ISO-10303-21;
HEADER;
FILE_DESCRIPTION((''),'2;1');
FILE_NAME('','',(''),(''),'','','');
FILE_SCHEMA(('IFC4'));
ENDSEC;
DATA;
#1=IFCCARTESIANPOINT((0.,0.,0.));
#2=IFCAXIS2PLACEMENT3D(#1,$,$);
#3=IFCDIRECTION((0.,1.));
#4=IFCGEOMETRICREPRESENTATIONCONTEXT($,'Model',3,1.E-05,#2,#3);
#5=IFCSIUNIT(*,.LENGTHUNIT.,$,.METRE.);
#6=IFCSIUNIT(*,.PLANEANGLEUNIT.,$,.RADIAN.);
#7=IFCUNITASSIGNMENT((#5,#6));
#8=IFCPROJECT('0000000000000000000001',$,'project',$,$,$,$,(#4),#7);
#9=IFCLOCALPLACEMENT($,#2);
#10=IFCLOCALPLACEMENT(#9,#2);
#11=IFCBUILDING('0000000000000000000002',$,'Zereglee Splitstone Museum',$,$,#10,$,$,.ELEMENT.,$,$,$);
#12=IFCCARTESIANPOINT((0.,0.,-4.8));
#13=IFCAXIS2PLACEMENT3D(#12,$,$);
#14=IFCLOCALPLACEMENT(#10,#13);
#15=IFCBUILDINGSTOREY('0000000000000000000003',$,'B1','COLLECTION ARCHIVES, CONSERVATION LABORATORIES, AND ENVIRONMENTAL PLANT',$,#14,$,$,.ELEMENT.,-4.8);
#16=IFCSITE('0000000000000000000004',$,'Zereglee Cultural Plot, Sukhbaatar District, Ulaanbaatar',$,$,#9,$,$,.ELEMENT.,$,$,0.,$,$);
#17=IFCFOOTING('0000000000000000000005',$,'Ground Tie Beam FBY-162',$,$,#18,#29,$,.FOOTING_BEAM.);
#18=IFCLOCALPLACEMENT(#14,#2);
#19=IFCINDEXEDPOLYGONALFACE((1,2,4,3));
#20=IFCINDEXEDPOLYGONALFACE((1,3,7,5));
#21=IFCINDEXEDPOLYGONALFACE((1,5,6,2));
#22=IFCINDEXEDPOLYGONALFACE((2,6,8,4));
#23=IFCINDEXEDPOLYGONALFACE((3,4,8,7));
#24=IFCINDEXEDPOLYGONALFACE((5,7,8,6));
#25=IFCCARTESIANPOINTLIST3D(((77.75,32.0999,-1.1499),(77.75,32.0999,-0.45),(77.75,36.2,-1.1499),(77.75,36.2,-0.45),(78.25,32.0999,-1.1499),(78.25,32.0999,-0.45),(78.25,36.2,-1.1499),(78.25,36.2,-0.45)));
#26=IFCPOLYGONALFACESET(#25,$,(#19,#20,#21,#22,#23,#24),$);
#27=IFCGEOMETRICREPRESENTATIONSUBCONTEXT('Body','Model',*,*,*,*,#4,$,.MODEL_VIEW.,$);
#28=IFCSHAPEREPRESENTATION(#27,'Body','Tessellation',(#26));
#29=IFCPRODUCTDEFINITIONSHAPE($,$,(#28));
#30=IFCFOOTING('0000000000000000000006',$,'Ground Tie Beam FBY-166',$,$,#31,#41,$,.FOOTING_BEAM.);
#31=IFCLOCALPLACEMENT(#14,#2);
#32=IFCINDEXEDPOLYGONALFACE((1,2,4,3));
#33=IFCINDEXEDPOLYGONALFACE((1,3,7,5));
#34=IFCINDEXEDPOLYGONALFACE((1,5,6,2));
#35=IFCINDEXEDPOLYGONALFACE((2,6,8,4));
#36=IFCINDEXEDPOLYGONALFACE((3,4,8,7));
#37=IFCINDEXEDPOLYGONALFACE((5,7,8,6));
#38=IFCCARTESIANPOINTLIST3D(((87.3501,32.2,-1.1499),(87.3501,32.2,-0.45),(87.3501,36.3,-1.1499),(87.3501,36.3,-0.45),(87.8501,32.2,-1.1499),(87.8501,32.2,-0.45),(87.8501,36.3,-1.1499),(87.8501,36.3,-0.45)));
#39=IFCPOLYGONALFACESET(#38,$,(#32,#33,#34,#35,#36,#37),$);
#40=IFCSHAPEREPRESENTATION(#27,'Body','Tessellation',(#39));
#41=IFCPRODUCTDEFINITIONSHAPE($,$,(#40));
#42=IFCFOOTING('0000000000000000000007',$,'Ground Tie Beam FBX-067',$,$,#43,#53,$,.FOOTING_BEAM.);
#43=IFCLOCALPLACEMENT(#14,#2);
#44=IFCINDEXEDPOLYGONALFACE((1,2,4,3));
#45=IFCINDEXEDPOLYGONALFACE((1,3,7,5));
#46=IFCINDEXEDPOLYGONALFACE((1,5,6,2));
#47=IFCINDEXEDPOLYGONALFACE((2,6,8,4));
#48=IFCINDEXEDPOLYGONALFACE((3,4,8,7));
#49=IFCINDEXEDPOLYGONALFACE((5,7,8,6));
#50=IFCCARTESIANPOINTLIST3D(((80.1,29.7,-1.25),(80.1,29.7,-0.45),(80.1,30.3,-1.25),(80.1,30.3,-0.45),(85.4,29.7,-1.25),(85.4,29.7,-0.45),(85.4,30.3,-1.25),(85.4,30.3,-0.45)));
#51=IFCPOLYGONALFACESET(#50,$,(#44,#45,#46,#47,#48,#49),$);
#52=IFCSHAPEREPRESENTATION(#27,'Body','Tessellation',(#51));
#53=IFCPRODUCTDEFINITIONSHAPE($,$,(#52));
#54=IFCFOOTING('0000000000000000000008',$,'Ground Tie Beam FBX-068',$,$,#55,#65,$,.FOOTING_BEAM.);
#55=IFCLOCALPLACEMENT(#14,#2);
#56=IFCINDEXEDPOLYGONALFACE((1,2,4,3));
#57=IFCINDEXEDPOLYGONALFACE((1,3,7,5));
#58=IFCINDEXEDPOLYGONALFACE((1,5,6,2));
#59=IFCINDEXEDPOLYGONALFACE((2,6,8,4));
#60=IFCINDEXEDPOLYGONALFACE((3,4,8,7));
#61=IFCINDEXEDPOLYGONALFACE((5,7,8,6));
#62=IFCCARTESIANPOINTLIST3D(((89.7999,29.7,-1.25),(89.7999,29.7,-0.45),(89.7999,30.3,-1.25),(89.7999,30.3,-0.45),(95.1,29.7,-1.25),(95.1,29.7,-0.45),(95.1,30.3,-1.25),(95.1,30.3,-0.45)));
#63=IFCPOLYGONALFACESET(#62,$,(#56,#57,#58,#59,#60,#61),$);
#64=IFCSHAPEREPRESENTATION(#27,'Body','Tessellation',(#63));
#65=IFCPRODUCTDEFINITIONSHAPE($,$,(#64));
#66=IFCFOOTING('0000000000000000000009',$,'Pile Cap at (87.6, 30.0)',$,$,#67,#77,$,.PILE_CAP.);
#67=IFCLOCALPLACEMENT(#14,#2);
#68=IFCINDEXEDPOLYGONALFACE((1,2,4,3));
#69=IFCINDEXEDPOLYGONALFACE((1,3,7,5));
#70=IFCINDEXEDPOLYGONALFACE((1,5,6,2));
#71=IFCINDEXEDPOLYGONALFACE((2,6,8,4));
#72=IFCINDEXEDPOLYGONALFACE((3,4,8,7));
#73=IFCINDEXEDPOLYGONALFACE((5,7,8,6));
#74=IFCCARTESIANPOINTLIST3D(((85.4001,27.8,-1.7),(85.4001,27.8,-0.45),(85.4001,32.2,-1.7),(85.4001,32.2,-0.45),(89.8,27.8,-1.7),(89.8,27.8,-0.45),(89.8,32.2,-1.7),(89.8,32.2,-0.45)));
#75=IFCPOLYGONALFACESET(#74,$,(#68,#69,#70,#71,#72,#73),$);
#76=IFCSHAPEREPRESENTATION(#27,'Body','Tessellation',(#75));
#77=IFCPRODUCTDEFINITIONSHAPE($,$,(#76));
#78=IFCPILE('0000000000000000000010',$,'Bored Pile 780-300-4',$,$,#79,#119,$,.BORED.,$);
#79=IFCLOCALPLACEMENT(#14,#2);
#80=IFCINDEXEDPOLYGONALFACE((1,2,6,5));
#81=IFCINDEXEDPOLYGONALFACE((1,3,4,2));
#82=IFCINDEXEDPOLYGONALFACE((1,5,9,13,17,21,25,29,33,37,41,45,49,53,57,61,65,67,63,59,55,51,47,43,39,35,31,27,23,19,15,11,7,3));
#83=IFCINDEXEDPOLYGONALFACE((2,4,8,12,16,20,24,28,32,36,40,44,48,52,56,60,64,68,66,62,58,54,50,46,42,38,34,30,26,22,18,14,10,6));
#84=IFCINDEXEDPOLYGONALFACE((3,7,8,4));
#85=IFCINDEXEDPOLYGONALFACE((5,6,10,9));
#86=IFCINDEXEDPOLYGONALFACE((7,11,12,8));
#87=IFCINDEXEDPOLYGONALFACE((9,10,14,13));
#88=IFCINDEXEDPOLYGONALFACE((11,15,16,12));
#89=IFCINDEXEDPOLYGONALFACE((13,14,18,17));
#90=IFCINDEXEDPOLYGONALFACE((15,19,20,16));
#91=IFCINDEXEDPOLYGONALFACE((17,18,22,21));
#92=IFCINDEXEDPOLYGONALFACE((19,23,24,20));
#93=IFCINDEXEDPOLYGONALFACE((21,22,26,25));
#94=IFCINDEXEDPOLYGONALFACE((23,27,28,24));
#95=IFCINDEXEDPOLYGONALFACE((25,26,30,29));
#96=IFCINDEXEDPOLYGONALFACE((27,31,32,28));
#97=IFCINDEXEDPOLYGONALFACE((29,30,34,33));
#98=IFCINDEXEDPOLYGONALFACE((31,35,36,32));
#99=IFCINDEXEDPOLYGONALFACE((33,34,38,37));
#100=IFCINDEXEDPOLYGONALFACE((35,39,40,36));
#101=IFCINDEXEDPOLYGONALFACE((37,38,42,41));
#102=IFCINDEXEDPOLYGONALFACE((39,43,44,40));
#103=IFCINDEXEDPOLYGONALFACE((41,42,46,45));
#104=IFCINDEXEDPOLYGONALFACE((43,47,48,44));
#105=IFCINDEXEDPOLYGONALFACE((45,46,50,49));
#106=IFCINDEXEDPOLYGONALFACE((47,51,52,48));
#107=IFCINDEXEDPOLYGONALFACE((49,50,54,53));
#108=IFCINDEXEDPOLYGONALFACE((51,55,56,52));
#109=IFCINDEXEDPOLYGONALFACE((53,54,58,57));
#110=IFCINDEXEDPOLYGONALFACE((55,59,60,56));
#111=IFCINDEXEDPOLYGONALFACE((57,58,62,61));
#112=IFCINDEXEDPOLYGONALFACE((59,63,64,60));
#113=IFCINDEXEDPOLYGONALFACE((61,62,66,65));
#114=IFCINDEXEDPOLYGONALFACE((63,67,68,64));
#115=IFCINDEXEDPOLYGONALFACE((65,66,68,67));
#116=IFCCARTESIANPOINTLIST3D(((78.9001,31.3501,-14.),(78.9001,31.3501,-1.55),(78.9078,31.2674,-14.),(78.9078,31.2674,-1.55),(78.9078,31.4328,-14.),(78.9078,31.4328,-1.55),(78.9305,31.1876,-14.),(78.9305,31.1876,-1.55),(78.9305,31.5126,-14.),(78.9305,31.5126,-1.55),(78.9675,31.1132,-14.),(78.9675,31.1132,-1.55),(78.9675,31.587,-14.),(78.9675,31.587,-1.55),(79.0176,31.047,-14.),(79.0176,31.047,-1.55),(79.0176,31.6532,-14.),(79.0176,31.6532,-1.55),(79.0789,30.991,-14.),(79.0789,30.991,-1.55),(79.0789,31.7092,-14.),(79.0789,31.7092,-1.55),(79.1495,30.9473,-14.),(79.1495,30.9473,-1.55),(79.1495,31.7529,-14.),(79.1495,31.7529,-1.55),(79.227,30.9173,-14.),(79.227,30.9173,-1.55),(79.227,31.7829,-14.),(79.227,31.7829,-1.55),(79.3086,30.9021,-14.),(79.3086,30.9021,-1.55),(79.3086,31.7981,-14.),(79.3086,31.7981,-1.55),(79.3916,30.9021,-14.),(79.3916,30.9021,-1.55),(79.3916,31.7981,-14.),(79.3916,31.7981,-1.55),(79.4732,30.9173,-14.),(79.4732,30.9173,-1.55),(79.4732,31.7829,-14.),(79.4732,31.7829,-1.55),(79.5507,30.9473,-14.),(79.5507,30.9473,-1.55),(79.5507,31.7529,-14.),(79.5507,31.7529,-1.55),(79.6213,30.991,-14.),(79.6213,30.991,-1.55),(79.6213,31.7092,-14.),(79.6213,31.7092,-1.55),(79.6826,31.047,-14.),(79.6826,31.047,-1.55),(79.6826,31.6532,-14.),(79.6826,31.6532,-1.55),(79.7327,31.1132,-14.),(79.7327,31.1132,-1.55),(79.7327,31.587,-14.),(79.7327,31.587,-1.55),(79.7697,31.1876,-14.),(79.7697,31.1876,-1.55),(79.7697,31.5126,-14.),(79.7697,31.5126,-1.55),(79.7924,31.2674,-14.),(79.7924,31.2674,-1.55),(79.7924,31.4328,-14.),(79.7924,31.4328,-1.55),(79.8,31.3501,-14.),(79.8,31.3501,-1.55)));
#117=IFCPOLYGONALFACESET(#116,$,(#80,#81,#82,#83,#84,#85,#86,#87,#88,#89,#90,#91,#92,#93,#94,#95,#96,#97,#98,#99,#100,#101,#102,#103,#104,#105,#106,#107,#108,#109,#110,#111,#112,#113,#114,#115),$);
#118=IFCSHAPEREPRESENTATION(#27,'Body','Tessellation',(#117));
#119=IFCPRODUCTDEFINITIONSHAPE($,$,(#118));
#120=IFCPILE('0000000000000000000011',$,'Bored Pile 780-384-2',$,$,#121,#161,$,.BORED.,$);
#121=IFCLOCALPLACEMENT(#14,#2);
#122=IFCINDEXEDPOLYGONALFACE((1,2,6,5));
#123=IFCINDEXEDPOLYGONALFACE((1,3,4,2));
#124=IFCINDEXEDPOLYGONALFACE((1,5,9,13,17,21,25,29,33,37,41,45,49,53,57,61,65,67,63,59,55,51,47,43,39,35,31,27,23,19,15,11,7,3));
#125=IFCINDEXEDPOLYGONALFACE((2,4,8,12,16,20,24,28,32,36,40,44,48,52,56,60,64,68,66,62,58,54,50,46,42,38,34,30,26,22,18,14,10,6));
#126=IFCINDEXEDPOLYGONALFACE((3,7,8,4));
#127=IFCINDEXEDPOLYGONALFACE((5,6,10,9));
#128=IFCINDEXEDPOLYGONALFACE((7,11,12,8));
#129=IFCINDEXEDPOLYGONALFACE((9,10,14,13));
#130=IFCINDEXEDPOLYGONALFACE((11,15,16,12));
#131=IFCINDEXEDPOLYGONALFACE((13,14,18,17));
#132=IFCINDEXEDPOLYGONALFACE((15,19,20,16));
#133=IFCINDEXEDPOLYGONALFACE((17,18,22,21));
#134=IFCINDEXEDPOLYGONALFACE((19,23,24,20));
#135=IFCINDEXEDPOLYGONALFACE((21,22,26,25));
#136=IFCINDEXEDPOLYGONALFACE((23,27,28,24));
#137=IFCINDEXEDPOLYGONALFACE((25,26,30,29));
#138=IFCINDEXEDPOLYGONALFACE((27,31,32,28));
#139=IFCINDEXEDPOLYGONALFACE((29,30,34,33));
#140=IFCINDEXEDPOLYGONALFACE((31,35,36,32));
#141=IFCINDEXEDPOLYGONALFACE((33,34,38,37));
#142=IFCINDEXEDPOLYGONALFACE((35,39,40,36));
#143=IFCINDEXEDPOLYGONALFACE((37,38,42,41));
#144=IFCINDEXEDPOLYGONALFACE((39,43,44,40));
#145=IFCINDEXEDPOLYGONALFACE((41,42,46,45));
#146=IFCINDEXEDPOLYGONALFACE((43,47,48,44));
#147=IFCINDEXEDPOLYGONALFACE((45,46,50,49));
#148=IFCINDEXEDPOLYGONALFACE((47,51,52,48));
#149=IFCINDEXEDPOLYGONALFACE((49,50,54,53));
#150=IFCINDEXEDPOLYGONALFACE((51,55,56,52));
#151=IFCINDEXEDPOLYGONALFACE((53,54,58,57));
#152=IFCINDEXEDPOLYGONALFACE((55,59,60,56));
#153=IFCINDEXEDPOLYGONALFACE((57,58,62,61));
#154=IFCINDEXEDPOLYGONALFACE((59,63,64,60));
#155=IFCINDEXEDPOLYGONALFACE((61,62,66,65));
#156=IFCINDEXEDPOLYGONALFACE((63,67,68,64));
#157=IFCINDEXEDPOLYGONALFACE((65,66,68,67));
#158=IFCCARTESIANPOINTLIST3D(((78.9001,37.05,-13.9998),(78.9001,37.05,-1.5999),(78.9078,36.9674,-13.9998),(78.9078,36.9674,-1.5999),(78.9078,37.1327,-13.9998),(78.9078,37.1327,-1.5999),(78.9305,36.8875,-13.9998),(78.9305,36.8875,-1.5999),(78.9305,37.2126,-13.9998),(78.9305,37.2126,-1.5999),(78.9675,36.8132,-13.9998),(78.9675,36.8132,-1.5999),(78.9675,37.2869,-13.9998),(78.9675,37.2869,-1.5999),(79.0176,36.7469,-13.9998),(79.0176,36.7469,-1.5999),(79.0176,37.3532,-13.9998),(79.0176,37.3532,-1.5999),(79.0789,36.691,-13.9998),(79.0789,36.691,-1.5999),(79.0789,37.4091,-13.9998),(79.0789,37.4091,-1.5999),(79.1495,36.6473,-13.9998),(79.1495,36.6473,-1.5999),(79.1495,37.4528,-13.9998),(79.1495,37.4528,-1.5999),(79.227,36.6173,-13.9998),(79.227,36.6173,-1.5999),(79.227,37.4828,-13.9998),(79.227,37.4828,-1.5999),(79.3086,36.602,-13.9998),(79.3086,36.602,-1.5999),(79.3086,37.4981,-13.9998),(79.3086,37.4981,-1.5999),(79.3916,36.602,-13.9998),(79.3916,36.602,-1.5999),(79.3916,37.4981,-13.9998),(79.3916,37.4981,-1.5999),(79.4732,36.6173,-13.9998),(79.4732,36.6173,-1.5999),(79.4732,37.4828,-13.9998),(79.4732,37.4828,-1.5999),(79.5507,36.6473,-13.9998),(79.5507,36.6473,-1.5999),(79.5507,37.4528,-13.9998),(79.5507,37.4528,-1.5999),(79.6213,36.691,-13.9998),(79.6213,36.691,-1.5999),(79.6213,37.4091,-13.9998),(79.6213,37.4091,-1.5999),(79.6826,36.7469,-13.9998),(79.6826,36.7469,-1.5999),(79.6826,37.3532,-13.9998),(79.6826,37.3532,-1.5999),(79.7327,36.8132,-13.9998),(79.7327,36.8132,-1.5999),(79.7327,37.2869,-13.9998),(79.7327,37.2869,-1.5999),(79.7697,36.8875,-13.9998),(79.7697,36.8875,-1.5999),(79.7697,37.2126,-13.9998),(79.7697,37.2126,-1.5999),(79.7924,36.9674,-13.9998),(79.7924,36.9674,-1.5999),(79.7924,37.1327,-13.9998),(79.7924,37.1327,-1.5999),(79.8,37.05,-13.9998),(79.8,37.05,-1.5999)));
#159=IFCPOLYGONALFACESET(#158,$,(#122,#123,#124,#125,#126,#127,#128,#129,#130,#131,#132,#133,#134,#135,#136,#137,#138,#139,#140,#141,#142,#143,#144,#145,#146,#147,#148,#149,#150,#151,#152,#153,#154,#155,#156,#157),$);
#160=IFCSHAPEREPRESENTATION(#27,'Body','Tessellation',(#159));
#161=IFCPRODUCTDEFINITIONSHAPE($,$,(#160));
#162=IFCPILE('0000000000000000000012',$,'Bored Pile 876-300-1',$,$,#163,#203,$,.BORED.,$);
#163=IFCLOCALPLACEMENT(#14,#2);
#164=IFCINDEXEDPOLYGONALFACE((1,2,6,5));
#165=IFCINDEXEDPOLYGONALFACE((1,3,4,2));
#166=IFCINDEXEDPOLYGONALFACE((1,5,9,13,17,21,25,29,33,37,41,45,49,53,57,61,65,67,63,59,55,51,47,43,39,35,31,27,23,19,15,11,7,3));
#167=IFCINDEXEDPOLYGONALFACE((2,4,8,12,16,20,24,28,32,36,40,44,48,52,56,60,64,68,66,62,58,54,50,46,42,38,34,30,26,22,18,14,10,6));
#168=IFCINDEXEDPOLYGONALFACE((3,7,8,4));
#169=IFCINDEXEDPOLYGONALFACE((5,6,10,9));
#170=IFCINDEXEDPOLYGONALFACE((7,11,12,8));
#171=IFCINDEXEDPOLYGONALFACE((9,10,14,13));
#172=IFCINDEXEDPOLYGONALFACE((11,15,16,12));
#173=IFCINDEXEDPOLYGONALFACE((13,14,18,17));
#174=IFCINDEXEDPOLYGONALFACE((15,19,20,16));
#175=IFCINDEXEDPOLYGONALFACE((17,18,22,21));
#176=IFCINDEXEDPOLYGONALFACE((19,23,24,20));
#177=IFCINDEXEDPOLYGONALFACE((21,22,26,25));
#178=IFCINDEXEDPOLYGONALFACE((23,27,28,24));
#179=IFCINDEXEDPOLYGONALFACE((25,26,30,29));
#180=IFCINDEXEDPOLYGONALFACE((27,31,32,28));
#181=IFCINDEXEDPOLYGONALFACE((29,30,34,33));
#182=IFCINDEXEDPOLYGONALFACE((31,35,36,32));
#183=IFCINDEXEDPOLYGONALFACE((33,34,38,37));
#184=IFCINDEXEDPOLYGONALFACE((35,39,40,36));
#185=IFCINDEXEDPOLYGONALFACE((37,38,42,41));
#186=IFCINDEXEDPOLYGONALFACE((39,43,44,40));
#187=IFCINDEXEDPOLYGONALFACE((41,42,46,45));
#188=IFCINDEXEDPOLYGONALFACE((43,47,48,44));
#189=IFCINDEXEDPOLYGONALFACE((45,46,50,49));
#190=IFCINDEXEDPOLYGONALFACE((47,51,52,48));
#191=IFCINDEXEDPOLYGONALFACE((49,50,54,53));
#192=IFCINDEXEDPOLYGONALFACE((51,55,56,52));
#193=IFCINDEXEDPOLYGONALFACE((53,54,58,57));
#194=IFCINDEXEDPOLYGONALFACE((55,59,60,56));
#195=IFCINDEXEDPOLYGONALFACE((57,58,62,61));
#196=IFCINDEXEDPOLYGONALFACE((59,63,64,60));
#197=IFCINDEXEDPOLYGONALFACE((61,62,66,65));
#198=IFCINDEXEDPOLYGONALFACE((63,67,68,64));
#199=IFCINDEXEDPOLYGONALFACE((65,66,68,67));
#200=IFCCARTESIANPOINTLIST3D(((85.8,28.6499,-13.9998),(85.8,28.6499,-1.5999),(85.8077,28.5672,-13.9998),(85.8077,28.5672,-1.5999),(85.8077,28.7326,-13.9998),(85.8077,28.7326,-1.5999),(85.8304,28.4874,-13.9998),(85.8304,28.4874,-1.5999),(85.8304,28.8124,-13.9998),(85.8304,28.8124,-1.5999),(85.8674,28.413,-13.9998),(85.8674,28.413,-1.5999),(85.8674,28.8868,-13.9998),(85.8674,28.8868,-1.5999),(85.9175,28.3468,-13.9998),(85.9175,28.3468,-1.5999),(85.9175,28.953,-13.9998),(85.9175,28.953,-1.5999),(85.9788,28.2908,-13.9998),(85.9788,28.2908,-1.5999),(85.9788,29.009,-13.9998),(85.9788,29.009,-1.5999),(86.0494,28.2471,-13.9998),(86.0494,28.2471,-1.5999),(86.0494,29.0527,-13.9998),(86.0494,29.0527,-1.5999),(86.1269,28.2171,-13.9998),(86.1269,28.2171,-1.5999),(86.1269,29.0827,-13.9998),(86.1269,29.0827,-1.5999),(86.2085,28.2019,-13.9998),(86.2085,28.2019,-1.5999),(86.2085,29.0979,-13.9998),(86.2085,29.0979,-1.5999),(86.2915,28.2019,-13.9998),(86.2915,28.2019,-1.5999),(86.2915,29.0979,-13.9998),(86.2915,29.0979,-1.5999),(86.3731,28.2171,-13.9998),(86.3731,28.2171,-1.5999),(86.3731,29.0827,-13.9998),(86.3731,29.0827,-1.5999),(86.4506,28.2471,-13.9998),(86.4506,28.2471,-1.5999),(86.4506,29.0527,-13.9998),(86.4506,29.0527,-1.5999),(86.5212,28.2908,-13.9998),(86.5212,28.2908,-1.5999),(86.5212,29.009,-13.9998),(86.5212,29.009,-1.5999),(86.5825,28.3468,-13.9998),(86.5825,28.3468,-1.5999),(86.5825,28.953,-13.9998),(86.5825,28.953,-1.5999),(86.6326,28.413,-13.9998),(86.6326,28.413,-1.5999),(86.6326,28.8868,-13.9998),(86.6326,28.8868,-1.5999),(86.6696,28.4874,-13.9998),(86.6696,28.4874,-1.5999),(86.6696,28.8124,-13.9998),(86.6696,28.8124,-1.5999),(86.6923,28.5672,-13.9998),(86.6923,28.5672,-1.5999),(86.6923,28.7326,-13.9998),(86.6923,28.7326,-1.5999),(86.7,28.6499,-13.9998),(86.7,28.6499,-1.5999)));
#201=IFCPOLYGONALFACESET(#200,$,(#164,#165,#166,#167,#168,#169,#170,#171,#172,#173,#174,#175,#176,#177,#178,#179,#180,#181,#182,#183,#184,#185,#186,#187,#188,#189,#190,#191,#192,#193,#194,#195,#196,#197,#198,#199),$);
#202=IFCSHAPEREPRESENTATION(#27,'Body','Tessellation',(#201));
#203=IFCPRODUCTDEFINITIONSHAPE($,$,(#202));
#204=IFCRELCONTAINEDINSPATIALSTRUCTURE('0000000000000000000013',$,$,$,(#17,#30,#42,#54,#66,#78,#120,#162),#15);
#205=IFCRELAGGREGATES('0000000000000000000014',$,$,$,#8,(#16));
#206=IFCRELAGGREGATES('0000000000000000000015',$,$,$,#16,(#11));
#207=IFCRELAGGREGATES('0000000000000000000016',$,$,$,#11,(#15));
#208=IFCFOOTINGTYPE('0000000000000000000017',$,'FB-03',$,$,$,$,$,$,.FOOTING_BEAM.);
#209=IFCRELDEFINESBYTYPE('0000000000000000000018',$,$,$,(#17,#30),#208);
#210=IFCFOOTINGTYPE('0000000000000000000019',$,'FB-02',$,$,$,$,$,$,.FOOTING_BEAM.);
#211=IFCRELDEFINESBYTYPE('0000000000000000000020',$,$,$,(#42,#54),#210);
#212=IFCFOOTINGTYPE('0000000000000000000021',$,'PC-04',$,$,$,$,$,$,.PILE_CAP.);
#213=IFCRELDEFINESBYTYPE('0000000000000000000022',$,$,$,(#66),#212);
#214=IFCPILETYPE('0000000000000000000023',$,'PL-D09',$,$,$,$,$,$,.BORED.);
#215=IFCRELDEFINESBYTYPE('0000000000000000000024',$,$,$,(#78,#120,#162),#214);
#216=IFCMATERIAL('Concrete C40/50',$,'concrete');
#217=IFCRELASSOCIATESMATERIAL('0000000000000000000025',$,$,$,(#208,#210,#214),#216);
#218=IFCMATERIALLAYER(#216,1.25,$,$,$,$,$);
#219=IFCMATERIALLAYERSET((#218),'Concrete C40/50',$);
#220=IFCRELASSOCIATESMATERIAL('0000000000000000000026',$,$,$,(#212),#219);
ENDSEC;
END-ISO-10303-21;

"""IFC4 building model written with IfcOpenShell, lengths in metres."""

from ifc_helpers import new_model, si_unit, direction, frame, origin, origin_2d, place, context, subcontext, project, spatial, rectangle, circle, extrude, material, layer, layer_set, material_profile, profile_set, type_object, element, save


model = new_model("IFC4")

# Units and contexts
model_context = context("Model", 3, precision=1e-05, world=origin(), true_north=direction((0.0, 1.0)))
body_context = subcontext(model_context, "Body", "Model", "MODEL_VIEW")
ifc_project = project(units=[si_unit("LENGTHUNIT", "METRE"), si_unit("PLANEANGLEUNIT", "RADIAN")], contexts=[model_context])

# Site, building, storey
site_placement = place(None, origin())
site = spatial("IfcSite", under=ifc_project, at=site_placement, Name="Zereglee Cultural Plot, Sukhbaatar District, Ulaanbaatar", CompositionType="ELEMENT", RefElevation=0.0)
building_placement = place(site_placement, origin())
building = spatial("IfcBuilding", under=site, at=building_placement, Name="Zereglee Splitstone Museum", CompositionType="ELEMENT")
storey_placement = place(building_placement, frame((0.0, 0.0, -4.8)))
storey = spatial("IfcBuildingStorey", under=building, at=storey_placement, Name="B1", Description="COLLECTION ARCHIVES, CONSERVATION LABORATORIES, AND ENVIRONMENTAL PLANT", CompositionType="ELEMENT", Elevation=-4.8)

# Footings
ifc_material_1 = material(Name="Concrete C40/50", Category="concrete")
footing_type_1 = type_object("IfcFootingType", Name="FB-03", PredefinedType="FOOTING_BEAM", material=ifc_material_1)
for number, where, z_axis, x_axis, name in (
    (1, (78.0, 34.1499, -1.1499), (0.0, 0.0, 1.0), (0.0, 1.0, 0.0), "Ground Tie Beam FBY-162"),
    (2, (87.6001, 34.25, -1.1499), (0.0, 0.0, 1.0), (0.0, 1.0, 0.0), "Ground Tie Beam FBY-166"),
):
    element("IfcFooting", number, at=place(storey_placement, frame(where, z_axis=z_axis, x_axis=x_axis)), inside=storey, type_object=footing_type_1, Name=name, PredefinedType="FOOTING_BEAM", context=body_context, shape_type="SweptSolid", body=[
        extrude(rectangle(XDim=4.1001, YDim=0.5, at=origin_2d()), origin(), (0.0, 0.0, 1.0), 0.7),
    ])
footing_type_2 = type_object("IfcFootingType", Name="FB-02", PredefinedType="FOOTING_BEAM", material=ifc_material_1)
for number, where, z_axis, x_axis, name in (
    (3, (82.75, 30.0, -1.25), (0.0, 0.0, 1.0), (1.0, 0.0, 0.0), "Ground Tie Beam FBX-067"),
    (4, (92.45, 30.0, -1.25), (0.0, 0.0, 1.0), (1.0, 0.0, 0.0), "Ground Tie Beam FBX-068"),
):
    element("IfcFooting", number, at=place(storey_placement, frame(where, z_axis=z_axis, x_axis=x_axis)), inside=storey, type_object=footing_type_2, Name=name, PredefinedType="FOOTING_BEAM", context=body_context, shape_type="SweptSolid", body=[
        extrude(rectangle(XDim=5.3, YDim=0.6001, at=origin_2d()), origin(), (0.0, 0.0, 1.0), 0.8),
    ])
ifc_layer_1 = layer(ifc_material_1, 1.25)
ifc_layer_set_1 = layer_set([ifc_layer_1], Name="Concrete C40/50")
footing_type_3 = type_object("IfcFootingType", Name="PC-04", PredefinedType="PILE_CAP", material=ifc_layer_set_1)
footing_placement = place(storey_placement, frame((87.6001, 30.0, -1.7), z_axis=(0.0, 0.0, 1.0), x_axis=(1.0, 0.0, 0.0)))
element("IfcFooting", 5, at=footing_placement, inside=storey, type_object=footing_type_3, Name="Pile Cap at (87.6, 30.0)", PredefinedType="PILE_CAP", context=body_context, shape_type="SweptSolid", body=[
    extrude(rectangle(XDim=4.3999, YDim=4.3999, at=origin_2d()), origin(), (0.0, 0.0, 1.0), 1.25),
])

# Piles
ifc_material_profile_1 = material_profile(ifc_material_1, circle(Radius=0.45, at=origin_2d()), Name="PILE D900")
ifc_profile_set_1 = profile_set([ifc_material_profile_1], Name="Concrete C40/50")
pile_type = type_object("IfcPileType", Name="PL-D09", PredefinedType="BORED", material=ifc_profile_set_1)
pile_1_placement = place(storey_placement, frame((79.3501, 31.3501, -1.55), z_axis=(0.0, 0.0, -1.0), x_axis=(1.0, 0.0, 0.0)))
element("IfcPile", 6, at=pile_1_placement, inside=storey, type_object=pile_type, Name="Bored Pile 780-300-4", PredefinedType="BORED", context=body_context, shape_type="SweptSolid", body=[
    extrude(circle(Radius=0.45, at=origin_2d()), origin(), (0.0, 0.0, 1.0), 12.45),
])
for number, where, z_axis, x_axis, name in (
    (7, (79.3501, 37.05, -1.5999), (0.0, 0.0, -1.0), (1.0, 0.0, 0.0), "Bored Pile 780-384-2"),
    (8, (86.25, 28.6499, -1.5999), (0.0, 0.0, -1.0), (1.0, 0.0, 0.0), "Bored Pile 876-300-1"),
):
    element("IfcPile", number, at=place(storey_placement, frame(where, z_axis=z_axis, x_axis=x_axis)), inside=storey, type_object=pile_type, Name=name, PredefinedType="BORED", context=body_context, shape_type="SweptSolid", body=[
        extrude(circle(Radius=0.45, at=origin_2d()), origin(), (0.0, 0.0, 1.0), 12.3999),
    ])

save(model, "model.ifc")
